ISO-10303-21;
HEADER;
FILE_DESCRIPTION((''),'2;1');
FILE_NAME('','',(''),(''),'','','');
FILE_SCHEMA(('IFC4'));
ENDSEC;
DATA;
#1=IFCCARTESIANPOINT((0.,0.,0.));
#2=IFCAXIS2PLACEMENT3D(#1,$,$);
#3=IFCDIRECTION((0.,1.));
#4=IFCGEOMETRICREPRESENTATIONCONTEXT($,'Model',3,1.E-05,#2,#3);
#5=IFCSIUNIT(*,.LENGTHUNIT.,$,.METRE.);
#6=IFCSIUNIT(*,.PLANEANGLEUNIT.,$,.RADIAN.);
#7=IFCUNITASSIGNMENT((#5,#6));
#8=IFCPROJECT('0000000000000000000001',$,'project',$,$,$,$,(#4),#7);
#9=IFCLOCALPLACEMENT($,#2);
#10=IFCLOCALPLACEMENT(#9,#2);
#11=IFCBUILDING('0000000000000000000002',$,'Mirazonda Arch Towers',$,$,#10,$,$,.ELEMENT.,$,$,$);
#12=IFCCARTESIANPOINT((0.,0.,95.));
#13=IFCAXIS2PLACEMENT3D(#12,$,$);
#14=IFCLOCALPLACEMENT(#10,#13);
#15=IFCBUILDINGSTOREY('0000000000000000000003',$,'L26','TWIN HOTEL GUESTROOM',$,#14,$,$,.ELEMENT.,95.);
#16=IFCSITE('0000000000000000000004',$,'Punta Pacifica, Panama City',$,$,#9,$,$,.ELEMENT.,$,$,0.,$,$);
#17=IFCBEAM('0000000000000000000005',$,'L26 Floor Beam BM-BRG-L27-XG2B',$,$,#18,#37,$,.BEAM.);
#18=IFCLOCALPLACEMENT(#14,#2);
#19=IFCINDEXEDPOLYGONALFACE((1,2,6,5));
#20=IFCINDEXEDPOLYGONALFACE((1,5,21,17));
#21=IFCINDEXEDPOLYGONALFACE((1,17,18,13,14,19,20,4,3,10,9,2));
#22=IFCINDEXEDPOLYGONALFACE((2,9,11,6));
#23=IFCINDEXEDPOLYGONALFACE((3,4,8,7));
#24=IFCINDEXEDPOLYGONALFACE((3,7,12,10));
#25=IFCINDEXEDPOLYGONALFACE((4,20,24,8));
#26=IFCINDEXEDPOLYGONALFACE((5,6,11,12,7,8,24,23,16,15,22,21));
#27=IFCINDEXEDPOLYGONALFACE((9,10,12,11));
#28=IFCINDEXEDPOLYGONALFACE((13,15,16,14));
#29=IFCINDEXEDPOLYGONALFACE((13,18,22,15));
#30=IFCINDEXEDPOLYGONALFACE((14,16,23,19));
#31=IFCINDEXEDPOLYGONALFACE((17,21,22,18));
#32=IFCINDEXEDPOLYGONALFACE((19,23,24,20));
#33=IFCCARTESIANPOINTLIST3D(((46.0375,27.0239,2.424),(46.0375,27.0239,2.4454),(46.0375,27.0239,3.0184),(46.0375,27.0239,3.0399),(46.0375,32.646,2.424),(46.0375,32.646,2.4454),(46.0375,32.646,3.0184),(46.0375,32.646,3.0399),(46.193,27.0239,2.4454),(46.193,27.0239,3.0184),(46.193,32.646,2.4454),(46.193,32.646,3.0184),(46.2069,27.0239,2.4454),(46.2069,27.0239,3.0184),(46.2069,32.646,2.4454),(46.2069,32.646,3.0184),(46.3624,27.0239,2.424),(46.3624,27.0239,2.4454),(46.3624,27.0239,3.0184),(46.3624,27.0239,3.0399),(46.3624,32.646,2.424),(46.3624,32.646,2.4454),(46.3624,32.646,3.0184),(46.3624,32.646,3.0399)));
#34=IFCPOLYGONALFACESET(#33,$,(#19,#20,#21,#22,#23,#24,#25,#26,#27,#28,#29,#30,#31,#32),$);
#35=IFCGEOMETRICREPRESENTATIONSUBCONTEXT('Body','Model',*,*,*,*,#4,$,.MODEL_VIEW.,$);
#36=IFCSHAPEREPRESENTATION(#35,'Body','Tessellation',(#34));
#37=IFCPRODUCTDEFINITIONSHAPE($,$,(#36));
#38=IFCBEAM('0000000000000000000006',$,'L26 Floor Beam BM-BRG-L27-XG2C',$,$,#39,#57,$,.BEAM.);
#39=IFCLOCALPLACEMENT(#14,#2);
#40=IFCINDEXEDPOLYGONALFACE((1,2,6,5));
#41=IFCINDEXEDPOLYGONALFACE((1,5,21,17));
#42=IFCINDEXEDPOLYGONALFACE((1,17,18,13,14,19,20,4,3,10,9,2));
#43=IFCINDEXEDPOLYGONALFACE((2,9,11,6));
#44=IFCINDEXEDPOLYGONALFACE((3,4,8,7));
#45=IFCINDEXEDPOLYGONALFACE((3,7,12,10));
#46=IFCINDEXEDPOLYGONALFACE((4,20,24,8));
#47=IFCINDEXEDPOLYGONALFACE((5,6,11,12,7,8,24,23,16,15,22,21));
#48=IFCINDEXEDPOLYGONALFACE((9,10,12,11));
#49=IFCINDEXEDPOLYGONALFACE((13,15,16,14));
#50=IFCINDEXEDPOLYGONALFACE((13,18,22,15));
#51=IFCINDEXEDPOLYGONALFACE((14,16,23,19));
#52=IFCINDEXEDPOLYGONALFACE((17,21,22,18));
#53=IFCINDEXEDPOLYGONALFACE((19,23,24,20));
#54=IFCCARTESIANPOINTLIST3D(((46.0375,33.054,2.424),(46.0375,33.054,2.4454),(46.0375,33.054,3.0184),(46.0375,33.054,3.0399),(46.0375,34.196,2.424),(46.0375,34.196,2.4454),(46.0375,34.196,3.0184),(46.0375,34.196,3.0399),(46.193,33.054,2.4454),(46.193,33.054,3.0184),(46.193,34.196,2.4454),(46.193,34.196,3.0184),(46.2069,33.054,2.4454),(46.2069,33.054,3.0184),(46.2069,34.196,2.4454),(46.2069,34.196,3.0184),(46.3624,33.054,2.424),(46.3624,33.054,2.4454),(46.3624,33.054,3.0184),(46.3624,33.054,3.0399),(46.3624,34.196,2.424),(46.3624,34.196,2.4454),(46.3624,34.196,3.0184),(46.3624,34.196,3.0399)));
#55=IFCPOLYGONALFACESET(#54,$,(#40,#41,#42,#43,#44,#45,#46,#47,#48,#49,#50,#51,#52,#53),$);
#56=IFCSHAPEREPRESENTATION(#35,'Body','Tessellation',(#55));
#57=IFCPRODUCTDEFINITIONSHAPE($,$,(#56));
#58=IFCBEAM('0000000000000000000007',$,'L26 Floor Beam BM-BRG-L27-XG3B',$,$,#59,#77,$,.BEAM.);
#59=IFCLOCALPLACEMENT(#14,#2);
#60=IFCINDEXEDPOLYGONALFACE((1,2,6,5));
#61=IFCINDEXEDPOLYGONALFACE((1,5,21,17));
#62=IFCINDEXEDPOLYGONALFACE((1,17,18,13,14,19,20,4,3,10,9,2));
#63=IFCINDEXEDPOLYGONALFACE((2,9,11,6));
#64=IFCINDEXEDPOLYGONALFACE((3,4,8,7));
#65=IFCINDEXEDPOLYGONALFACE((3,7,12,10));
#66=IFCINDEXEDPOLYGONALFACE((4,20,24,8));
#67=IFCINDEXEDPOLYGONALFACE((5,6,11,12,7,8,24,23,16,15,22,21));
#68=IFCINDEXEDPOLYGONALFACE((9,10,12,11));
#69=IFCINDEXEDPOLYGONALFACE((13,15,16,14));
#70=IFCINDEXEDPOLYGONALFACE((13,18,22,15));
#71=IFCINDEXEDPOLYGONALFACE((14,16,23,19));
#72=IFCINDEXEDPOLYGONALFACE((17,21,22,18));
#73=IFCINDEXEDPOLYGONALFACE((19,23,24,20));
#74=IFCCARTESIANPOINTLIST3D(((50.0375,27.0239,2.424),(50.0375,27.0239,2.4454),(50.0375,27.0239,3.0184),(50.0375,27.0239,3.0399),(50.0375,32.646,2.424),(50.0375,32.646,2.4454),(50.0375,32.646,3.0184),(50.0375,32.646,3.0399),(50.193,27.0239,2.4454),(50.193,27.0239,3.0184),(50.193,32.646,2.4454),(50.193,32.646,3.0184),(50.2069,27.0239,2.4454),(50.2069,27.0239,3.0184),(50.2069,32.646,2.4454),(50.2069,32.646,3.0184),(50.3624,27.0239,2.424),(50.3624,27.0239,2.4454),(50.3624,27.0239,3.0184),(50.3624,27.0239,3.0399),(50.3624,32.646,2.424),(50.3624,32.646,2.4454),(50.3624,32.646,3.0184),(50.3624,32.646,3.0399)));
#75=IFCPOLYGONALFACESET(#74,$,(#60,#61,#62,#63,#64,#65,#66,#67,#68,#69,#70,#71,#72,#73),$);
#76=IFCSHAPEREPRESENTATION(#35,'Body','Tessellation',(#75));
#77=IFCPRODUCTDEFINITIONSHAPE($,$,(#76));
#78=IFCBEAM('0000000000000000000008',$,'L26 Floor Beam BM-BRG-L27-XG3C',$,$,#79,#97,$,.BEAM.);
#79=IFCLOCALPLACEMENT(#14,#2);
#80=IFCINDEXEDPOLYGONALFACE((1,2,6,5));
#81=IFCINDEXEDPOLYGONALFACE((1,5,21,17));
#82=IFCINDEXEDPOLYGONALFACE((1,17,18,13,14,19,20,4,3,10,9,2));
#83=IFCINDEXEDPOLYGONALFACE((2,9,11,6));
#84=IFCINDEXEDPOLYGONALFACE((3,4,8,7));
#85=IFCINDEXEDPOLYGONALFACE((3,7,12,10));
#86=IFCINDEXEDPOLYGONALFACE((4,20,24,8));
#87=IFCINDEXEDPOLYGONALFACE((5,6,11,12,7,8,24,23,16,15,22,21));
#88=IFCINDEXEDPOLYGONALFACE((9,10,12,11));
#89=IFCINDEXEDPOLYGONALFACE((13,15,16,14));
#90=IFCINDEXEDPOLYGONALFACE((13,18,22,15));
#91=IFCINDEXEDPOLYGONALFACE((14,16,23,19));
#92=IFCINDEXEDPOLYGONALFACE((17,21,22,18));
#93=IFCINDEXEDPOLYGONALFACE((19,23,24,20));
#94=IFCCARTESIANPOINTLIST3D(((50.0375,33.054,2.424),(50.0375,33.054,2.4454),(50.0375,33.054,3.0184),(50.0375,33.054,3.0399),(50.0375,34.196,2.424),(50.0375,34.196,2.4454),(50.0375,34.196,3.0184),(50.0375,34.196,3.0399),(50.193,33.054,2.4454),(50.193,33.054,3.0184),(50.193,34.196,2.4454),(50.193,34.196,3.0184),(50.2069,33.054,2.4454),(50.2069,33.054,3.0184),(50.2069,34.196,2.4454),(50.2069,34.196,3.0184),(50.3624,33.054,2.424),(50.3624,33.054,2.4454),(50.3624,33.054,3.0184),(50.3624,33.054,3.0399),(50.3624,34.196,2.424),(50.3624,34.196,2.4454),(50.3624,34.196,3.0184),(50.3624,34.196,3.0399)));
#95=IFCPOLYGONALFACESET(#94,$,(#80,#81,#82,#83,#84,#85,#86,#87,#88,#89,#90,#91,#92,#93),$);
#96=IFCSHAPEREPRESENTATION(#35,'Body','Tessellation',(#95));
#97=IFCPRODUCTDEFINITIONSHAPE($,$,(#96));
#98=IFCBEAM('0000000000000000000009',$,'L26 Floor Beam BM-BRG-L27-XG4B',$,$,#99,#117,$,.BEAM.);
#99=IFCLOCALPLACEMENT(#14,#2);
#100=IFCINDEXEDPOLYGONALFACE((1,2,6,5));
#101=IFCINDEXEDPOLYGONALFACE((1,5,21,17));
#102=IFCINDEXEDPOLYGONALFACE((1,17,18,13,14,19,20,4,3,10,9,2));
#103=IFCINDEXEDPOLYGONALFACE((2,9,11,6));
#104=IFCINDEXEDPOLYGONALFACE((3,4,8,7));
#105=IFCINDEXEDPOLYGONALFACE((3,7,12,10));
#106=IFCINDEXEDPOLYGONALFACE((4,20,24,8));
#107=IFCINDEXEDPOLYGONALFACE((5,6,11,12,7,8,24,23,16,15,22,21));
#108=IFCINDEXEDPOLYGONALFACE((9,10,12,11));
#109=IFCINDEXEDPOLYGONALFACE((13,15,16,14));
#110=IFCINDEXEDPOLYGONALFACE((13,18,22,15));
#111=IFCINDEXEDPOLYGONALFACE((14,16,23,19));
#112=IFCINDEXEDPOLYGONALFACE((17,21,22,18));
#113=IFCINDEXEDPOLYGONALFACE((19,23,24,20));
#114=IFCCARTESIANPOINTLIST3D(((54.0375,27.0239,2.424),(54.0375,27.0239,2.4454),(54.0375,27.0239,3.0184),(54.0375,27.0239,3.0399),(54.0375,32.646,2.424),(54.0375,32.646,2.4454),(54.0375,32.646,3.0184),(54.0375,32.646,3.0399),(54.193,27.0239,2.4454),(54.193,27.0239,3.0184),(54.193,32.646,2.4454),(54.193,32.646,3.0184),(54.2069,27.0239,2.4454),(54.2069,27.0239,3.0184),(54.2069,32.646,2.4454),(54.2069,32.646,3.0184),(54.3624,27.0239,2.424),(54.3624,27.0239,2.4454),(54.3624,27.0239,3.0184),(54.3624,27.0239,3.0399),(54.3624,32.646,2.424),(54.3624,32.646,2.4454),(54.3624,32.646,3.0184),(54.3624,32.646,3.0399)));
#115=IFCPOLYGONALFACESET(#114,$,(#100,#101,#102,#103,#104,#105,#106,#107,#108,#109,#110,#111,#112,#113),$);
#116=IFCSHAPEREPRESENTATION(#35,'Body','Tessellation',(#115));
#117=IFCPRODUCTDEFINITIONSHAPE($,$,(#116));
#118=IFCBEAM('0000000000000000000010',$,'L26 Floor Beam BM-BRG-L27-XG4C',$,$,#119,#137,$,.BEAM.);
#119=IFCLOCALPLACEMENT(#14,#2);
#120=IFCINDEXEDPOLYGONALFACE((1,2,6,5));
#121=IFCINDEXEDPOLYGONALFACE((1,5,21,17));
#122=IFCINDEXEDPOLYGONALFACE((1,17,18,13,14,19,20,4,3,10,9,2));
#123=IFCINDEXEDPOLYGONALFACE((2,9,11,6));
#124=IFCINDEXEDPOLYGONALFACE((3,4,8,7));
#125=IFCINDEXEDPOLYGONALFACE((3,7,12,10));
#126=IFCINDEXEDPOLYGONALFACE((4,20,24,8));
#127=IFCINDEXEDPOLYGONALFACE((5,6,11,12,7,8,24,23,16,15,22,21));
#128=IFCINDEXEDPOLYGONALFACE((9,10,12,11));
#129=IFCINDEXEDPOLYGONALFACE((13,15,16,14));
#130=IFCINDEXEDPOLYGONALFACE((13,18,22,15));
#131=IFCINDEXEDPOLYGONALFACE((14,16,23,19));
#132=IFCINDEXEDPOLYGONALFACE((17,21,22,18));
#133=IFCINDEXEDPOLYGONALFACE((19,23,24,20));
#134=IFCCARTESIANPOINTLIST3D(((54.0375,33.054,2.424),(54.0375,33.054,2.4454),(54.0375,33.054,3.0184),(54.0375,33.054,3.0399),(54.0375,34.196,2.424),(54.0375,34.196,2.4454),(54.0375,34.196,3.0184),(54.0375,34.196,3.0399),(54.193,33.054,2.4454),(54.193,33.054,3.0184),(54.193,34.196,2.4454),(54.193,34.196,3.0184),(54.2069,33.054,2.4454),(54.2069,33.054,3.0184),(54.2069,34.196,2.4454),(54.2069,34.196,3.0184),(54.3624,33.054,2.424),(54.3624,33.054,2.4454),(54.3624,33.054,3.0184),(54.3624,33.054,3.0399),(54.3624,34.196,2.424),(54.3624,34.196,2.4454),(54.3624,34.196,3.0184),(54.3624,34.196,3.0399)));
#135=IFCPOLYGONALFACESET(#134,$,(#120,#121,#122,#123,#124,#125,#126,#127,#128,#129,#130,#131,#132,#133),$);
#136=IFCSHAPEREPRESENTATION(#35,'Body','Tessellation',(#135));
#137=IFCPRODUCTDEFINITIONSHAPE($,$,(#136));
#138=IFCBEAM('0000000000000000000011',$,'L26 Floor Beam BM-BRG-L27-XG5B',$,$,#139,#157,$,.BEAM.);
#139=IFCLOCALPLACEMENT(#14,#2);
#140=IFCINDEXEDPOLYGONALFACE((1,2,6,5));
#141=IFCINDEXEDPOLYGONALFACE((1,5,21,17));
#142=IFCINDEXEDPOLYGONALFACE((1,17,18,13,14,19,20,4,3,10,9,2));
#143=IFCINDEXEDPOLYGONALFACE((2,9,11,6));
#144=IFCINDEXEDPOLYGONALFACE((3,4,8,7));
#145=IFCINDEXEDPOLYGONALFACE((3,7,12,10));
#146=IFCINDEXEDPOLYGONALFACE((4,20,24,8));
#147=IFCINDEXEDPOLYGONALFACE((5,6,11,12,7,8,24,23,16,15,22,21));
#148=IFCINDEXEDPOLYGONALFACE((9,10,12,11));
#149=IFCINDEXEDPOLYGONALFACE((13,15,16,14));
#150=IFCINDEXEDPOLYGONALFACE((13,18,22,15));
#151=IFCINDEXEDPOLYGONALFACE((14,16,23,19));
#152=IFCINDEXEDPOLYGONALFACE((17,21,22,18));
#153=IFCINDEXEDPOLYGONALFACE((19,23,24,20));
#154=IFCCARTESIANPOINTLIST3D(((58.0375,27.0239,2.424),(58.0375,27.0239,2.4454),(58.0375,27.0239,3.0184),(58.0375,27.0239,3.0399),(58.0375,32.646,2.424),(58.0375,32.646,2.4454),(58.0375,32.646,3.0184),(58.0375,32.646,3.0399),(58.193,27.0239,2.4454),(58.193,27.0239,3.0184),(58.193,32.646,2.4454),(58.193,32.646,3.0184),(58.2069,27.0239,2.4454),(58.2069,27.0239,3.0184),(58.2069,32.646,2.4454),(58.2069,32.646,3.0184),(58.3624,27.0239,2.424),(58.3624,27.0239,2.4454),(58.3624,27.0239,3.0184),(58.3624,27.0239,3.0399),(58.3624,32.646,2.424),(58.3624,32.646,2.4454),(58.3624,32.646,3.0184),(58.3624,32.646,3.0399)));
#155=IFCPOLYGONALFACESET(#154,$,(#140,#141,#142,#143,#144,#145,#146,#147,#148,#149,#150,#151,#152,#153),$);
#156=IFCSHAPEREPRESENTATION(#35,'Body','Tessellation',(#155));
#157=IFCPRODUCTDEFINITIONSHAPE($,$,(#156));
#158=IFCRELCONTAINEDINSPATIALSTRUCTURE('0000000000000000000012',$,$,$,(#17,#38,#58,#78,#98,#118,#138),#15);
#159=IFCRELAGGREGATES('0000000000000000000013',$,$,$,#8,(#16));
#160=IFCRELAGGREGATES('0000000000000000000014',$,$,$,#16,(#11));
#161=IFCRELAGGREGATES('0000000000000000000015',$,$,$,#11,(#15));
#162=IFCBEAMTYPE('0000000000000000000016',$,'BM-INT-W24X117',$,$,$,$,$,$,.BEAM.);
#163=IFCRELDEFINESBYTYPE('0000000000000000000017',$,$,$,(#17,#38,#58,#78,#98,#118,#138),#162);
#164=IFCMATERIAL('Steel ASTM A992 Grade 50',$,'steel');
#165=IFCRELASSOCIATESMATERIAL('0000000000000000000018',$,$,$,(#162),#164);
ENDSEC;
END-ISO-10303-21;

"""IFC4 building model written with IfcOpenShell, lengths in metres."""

from ifc_helpers import new_model, si_unit, direction, frame, origin, origin_2d, place, context, subcontext, project, spatial, i_section, extrude, material, material_profile, profile_set, type_object, element, save


model = new_model("IFC4")

# Units and contexts
model_context = context("Model", 3, precision=1e-05, world=origin(), true_north=direction((0.0, 1.0)))
body_context = subcontext(model_context, "Body", "Model", "MODEL_VIEW")
ifc_project = project(units=[si_unit("LENGTHUNIT", "METRE"), si_unit("PLANEANGLEUNIT", "RADIAN")], contexts=[model_context])

# Site, building, storey
site_placement = place(None, origin())
site = spatial("IfcSite", under=ifc_project, at=site_placement, Name="Punta Pacifica, Panama City", CompositionType="ELEMENT", RefElevation=0.0)
building_placement = place(site_placement, origin())
building = spatial("IfcBuilding", under=site, at=building_placement, Name="Mirazonda Arch Towers", CompositionType="ELEMENT")
storey_placement = place(building_placement, frame((0.0, 0.0, 95.0)))
storey = spatial("IfcBuildingStorey", under=building, at=storey_placement, Name="L26", Description="TWIN HOTEL GUESTROOM", CompositionType="ELEMENT", Elevation=95.0)

# Beams
ifc_material_1 = material(Name="Steel ASTM A992 Grade 50", Category="steel")
ifc_material_profile_1 = material_profile(ifc_material_1, i_section(OverallWidth=0.325, OverallDepth=0.616, WebThickness=0.0139, FlangeThickness=0.0215, at=origin_2d()), Name="W24X117")
ifc_profile_set_1 = profile_set([ifc_material_profile_1], Name="Steel ASTM A992 Grade 50")
beam_type = type_object("IfcBeamType", Name="BM-INT-W24X117", PredefinedType="BEAM", material=ifc_profile_set_1)
beam_1_placement = place(storey_placement, frame((46.2, 27.0239, 2.7319), z_axis=(0.0, 1.0, 0.0), x_axis=(-1.0, 0.0, 0.0)))
element("IfcBeam", 1, at=beam_1_placement, inside=storey, type_object=beam_type, Name="L26 Floor Beam BM-BRG-L27-XG2B", PredefinedType="BEAM", context=body_context, shape_type="SweptSolid", body=[
    extrude(i_section(OverallWidth=0.325, OverallDepth=0.616, WebThickness=0.0139, FlangeThickness=0.0215, at=origin_2d()), origin(), (0.0, 0.0, 1.0), 5.6221),
])
beam_2_placement = place(storey_placement, frame((46.2, 33.054, 2.7319), z_axis=(0.0, 1.0, 0.0), x_axis=(-1.0, 0.0, 0.0)))
element("IfcBeam", 2, at=beam_2_placement, inside=storey, type_object=beam_type, Name="L26 Floor Beam BM-BRG-L27-XG2C", PredefinedType="BEAM", context=body_context, shape_type="SweptSolid", body=[
    extrude(i_section(OverallWidth=0.325, OverallDepth=0.616, WebThickness=0.0139, FlangeThickness=0.0215, at=origin_2d()), origin(), (0.0, 0.0, 1.0), 1.1421),
])
beam_3_placement = place(storey_placement, frame((50.2, 27.0239, 2.7319), z_axis=(0.0, 1.0, 0.0), x_axis=(-1.0, 0.0, 0.0)))
element("IfcBeam", 3, at=beam_3_placement, inside=storey, type_object=beam_type, Name="L26 Floor Beam BM-BRG-L27-XG3B", PredefinedType="BEAM", context=body_context, shape_type="SweptSolid", body=[
    extrude(i_section(OverallWidth=0.325, OverallDepth=0.616, WebThickness=0.0139, FlangeThickness=0.0215, at=origin_2d()), origin(), (0.0, 0.0, 1.0), 5.6221),
])
beam_4_placement = place(storey_placement, frame((50.2, 33.054, 2.7319), z_axis=(0.0, 1.0, 0.0), x_axis=(-1.0, 0.0, 0.0)))
element("IfcBeam", 4, at=beam_4_placement, inside=storey, type_object=beam_type, Name="L26 Floor Beam BM-BRG-L27-XG3C", PredefinedType="BEAM", context=body_context, shape_type="SweptSolid", body=[
    extrude(i_section(OverallWidth=0.325, OverallDepth=0.616, WebThickness=0.0139, FlangeThickness=0.0215, at=origin_2d()), origin(), (0.0, 0.0, 1.0), 1.1421),
])
beam_5_placement = place(storey_placement, frame((54.2, 27.0239, 2.7319), z_axis=(0.0, 1.0, 0.0), x_axis=(-1.0, 0.0, 0.0)))
element("IfcBeam", 5, at=beam_5_placement, inside=storey, type_object=beam_type, Name="L26 Floor Beam BM-BRG-L27-XG4B", PredefinedType="BEAM", context=body_context, shape_type="SweptSolid", body=[
    extrude(i_section(OverallWidth=0.325, OverallDepth=0.616, WebThickness=0.0139, FlangeThickness=0.0215, at=origin_2d()), origin(), (0.0, 0.0, 1.0), 5.6221),
])
beam_6_placement = place(storey_placement, frame((54.2, 33.054, 2.7319), z_axis=(0.0, 1.0, 0.0), x_axis=(-1.0, 0.0, 0.0)))
element("IfcBeam", 6, at=beam_6_placement, inside=storey, type_object=beam_type, Name="L26 Floor Beam BM-BRG-L27-XG4C", PredefinedType="BEAM", context=body_context, shape_type="SweptSolid", body=[
    extrude(i_section(OverallWidth=0.325, OverallDepth=0.616, WebThickness=0.0139, FlangeThickness=0.0215, at=origin_2d()), origin(), (0.0, 0.0, 1.0), 1.1421),
])
beam_7_placement = place(storey_placement, frame((58.2, 27.0239, 2.7319), z_axis=(0.0, 1.0, 0.0), x_axis=(-1.0, 0.0, 0.0)))
element("IfcBeam", 7, at=beam_7_placement, inside=storey, type_object=beam_type, Name="L26 Floor Beam BM-BRG-L27-XG5B", PredefinedType="BEAM", context=body_context, shape_type="SweptSolid", body=[
    extrude(i_section(OverallWidth=0.325, OverallDepth=0.616, WebThickness=0.0139, FlangeThickness=0.0215, at=origin_2d()), origin(), (0.0, 0.0, 1.0), 5.6221),
])

save(model, "model.ifc")
